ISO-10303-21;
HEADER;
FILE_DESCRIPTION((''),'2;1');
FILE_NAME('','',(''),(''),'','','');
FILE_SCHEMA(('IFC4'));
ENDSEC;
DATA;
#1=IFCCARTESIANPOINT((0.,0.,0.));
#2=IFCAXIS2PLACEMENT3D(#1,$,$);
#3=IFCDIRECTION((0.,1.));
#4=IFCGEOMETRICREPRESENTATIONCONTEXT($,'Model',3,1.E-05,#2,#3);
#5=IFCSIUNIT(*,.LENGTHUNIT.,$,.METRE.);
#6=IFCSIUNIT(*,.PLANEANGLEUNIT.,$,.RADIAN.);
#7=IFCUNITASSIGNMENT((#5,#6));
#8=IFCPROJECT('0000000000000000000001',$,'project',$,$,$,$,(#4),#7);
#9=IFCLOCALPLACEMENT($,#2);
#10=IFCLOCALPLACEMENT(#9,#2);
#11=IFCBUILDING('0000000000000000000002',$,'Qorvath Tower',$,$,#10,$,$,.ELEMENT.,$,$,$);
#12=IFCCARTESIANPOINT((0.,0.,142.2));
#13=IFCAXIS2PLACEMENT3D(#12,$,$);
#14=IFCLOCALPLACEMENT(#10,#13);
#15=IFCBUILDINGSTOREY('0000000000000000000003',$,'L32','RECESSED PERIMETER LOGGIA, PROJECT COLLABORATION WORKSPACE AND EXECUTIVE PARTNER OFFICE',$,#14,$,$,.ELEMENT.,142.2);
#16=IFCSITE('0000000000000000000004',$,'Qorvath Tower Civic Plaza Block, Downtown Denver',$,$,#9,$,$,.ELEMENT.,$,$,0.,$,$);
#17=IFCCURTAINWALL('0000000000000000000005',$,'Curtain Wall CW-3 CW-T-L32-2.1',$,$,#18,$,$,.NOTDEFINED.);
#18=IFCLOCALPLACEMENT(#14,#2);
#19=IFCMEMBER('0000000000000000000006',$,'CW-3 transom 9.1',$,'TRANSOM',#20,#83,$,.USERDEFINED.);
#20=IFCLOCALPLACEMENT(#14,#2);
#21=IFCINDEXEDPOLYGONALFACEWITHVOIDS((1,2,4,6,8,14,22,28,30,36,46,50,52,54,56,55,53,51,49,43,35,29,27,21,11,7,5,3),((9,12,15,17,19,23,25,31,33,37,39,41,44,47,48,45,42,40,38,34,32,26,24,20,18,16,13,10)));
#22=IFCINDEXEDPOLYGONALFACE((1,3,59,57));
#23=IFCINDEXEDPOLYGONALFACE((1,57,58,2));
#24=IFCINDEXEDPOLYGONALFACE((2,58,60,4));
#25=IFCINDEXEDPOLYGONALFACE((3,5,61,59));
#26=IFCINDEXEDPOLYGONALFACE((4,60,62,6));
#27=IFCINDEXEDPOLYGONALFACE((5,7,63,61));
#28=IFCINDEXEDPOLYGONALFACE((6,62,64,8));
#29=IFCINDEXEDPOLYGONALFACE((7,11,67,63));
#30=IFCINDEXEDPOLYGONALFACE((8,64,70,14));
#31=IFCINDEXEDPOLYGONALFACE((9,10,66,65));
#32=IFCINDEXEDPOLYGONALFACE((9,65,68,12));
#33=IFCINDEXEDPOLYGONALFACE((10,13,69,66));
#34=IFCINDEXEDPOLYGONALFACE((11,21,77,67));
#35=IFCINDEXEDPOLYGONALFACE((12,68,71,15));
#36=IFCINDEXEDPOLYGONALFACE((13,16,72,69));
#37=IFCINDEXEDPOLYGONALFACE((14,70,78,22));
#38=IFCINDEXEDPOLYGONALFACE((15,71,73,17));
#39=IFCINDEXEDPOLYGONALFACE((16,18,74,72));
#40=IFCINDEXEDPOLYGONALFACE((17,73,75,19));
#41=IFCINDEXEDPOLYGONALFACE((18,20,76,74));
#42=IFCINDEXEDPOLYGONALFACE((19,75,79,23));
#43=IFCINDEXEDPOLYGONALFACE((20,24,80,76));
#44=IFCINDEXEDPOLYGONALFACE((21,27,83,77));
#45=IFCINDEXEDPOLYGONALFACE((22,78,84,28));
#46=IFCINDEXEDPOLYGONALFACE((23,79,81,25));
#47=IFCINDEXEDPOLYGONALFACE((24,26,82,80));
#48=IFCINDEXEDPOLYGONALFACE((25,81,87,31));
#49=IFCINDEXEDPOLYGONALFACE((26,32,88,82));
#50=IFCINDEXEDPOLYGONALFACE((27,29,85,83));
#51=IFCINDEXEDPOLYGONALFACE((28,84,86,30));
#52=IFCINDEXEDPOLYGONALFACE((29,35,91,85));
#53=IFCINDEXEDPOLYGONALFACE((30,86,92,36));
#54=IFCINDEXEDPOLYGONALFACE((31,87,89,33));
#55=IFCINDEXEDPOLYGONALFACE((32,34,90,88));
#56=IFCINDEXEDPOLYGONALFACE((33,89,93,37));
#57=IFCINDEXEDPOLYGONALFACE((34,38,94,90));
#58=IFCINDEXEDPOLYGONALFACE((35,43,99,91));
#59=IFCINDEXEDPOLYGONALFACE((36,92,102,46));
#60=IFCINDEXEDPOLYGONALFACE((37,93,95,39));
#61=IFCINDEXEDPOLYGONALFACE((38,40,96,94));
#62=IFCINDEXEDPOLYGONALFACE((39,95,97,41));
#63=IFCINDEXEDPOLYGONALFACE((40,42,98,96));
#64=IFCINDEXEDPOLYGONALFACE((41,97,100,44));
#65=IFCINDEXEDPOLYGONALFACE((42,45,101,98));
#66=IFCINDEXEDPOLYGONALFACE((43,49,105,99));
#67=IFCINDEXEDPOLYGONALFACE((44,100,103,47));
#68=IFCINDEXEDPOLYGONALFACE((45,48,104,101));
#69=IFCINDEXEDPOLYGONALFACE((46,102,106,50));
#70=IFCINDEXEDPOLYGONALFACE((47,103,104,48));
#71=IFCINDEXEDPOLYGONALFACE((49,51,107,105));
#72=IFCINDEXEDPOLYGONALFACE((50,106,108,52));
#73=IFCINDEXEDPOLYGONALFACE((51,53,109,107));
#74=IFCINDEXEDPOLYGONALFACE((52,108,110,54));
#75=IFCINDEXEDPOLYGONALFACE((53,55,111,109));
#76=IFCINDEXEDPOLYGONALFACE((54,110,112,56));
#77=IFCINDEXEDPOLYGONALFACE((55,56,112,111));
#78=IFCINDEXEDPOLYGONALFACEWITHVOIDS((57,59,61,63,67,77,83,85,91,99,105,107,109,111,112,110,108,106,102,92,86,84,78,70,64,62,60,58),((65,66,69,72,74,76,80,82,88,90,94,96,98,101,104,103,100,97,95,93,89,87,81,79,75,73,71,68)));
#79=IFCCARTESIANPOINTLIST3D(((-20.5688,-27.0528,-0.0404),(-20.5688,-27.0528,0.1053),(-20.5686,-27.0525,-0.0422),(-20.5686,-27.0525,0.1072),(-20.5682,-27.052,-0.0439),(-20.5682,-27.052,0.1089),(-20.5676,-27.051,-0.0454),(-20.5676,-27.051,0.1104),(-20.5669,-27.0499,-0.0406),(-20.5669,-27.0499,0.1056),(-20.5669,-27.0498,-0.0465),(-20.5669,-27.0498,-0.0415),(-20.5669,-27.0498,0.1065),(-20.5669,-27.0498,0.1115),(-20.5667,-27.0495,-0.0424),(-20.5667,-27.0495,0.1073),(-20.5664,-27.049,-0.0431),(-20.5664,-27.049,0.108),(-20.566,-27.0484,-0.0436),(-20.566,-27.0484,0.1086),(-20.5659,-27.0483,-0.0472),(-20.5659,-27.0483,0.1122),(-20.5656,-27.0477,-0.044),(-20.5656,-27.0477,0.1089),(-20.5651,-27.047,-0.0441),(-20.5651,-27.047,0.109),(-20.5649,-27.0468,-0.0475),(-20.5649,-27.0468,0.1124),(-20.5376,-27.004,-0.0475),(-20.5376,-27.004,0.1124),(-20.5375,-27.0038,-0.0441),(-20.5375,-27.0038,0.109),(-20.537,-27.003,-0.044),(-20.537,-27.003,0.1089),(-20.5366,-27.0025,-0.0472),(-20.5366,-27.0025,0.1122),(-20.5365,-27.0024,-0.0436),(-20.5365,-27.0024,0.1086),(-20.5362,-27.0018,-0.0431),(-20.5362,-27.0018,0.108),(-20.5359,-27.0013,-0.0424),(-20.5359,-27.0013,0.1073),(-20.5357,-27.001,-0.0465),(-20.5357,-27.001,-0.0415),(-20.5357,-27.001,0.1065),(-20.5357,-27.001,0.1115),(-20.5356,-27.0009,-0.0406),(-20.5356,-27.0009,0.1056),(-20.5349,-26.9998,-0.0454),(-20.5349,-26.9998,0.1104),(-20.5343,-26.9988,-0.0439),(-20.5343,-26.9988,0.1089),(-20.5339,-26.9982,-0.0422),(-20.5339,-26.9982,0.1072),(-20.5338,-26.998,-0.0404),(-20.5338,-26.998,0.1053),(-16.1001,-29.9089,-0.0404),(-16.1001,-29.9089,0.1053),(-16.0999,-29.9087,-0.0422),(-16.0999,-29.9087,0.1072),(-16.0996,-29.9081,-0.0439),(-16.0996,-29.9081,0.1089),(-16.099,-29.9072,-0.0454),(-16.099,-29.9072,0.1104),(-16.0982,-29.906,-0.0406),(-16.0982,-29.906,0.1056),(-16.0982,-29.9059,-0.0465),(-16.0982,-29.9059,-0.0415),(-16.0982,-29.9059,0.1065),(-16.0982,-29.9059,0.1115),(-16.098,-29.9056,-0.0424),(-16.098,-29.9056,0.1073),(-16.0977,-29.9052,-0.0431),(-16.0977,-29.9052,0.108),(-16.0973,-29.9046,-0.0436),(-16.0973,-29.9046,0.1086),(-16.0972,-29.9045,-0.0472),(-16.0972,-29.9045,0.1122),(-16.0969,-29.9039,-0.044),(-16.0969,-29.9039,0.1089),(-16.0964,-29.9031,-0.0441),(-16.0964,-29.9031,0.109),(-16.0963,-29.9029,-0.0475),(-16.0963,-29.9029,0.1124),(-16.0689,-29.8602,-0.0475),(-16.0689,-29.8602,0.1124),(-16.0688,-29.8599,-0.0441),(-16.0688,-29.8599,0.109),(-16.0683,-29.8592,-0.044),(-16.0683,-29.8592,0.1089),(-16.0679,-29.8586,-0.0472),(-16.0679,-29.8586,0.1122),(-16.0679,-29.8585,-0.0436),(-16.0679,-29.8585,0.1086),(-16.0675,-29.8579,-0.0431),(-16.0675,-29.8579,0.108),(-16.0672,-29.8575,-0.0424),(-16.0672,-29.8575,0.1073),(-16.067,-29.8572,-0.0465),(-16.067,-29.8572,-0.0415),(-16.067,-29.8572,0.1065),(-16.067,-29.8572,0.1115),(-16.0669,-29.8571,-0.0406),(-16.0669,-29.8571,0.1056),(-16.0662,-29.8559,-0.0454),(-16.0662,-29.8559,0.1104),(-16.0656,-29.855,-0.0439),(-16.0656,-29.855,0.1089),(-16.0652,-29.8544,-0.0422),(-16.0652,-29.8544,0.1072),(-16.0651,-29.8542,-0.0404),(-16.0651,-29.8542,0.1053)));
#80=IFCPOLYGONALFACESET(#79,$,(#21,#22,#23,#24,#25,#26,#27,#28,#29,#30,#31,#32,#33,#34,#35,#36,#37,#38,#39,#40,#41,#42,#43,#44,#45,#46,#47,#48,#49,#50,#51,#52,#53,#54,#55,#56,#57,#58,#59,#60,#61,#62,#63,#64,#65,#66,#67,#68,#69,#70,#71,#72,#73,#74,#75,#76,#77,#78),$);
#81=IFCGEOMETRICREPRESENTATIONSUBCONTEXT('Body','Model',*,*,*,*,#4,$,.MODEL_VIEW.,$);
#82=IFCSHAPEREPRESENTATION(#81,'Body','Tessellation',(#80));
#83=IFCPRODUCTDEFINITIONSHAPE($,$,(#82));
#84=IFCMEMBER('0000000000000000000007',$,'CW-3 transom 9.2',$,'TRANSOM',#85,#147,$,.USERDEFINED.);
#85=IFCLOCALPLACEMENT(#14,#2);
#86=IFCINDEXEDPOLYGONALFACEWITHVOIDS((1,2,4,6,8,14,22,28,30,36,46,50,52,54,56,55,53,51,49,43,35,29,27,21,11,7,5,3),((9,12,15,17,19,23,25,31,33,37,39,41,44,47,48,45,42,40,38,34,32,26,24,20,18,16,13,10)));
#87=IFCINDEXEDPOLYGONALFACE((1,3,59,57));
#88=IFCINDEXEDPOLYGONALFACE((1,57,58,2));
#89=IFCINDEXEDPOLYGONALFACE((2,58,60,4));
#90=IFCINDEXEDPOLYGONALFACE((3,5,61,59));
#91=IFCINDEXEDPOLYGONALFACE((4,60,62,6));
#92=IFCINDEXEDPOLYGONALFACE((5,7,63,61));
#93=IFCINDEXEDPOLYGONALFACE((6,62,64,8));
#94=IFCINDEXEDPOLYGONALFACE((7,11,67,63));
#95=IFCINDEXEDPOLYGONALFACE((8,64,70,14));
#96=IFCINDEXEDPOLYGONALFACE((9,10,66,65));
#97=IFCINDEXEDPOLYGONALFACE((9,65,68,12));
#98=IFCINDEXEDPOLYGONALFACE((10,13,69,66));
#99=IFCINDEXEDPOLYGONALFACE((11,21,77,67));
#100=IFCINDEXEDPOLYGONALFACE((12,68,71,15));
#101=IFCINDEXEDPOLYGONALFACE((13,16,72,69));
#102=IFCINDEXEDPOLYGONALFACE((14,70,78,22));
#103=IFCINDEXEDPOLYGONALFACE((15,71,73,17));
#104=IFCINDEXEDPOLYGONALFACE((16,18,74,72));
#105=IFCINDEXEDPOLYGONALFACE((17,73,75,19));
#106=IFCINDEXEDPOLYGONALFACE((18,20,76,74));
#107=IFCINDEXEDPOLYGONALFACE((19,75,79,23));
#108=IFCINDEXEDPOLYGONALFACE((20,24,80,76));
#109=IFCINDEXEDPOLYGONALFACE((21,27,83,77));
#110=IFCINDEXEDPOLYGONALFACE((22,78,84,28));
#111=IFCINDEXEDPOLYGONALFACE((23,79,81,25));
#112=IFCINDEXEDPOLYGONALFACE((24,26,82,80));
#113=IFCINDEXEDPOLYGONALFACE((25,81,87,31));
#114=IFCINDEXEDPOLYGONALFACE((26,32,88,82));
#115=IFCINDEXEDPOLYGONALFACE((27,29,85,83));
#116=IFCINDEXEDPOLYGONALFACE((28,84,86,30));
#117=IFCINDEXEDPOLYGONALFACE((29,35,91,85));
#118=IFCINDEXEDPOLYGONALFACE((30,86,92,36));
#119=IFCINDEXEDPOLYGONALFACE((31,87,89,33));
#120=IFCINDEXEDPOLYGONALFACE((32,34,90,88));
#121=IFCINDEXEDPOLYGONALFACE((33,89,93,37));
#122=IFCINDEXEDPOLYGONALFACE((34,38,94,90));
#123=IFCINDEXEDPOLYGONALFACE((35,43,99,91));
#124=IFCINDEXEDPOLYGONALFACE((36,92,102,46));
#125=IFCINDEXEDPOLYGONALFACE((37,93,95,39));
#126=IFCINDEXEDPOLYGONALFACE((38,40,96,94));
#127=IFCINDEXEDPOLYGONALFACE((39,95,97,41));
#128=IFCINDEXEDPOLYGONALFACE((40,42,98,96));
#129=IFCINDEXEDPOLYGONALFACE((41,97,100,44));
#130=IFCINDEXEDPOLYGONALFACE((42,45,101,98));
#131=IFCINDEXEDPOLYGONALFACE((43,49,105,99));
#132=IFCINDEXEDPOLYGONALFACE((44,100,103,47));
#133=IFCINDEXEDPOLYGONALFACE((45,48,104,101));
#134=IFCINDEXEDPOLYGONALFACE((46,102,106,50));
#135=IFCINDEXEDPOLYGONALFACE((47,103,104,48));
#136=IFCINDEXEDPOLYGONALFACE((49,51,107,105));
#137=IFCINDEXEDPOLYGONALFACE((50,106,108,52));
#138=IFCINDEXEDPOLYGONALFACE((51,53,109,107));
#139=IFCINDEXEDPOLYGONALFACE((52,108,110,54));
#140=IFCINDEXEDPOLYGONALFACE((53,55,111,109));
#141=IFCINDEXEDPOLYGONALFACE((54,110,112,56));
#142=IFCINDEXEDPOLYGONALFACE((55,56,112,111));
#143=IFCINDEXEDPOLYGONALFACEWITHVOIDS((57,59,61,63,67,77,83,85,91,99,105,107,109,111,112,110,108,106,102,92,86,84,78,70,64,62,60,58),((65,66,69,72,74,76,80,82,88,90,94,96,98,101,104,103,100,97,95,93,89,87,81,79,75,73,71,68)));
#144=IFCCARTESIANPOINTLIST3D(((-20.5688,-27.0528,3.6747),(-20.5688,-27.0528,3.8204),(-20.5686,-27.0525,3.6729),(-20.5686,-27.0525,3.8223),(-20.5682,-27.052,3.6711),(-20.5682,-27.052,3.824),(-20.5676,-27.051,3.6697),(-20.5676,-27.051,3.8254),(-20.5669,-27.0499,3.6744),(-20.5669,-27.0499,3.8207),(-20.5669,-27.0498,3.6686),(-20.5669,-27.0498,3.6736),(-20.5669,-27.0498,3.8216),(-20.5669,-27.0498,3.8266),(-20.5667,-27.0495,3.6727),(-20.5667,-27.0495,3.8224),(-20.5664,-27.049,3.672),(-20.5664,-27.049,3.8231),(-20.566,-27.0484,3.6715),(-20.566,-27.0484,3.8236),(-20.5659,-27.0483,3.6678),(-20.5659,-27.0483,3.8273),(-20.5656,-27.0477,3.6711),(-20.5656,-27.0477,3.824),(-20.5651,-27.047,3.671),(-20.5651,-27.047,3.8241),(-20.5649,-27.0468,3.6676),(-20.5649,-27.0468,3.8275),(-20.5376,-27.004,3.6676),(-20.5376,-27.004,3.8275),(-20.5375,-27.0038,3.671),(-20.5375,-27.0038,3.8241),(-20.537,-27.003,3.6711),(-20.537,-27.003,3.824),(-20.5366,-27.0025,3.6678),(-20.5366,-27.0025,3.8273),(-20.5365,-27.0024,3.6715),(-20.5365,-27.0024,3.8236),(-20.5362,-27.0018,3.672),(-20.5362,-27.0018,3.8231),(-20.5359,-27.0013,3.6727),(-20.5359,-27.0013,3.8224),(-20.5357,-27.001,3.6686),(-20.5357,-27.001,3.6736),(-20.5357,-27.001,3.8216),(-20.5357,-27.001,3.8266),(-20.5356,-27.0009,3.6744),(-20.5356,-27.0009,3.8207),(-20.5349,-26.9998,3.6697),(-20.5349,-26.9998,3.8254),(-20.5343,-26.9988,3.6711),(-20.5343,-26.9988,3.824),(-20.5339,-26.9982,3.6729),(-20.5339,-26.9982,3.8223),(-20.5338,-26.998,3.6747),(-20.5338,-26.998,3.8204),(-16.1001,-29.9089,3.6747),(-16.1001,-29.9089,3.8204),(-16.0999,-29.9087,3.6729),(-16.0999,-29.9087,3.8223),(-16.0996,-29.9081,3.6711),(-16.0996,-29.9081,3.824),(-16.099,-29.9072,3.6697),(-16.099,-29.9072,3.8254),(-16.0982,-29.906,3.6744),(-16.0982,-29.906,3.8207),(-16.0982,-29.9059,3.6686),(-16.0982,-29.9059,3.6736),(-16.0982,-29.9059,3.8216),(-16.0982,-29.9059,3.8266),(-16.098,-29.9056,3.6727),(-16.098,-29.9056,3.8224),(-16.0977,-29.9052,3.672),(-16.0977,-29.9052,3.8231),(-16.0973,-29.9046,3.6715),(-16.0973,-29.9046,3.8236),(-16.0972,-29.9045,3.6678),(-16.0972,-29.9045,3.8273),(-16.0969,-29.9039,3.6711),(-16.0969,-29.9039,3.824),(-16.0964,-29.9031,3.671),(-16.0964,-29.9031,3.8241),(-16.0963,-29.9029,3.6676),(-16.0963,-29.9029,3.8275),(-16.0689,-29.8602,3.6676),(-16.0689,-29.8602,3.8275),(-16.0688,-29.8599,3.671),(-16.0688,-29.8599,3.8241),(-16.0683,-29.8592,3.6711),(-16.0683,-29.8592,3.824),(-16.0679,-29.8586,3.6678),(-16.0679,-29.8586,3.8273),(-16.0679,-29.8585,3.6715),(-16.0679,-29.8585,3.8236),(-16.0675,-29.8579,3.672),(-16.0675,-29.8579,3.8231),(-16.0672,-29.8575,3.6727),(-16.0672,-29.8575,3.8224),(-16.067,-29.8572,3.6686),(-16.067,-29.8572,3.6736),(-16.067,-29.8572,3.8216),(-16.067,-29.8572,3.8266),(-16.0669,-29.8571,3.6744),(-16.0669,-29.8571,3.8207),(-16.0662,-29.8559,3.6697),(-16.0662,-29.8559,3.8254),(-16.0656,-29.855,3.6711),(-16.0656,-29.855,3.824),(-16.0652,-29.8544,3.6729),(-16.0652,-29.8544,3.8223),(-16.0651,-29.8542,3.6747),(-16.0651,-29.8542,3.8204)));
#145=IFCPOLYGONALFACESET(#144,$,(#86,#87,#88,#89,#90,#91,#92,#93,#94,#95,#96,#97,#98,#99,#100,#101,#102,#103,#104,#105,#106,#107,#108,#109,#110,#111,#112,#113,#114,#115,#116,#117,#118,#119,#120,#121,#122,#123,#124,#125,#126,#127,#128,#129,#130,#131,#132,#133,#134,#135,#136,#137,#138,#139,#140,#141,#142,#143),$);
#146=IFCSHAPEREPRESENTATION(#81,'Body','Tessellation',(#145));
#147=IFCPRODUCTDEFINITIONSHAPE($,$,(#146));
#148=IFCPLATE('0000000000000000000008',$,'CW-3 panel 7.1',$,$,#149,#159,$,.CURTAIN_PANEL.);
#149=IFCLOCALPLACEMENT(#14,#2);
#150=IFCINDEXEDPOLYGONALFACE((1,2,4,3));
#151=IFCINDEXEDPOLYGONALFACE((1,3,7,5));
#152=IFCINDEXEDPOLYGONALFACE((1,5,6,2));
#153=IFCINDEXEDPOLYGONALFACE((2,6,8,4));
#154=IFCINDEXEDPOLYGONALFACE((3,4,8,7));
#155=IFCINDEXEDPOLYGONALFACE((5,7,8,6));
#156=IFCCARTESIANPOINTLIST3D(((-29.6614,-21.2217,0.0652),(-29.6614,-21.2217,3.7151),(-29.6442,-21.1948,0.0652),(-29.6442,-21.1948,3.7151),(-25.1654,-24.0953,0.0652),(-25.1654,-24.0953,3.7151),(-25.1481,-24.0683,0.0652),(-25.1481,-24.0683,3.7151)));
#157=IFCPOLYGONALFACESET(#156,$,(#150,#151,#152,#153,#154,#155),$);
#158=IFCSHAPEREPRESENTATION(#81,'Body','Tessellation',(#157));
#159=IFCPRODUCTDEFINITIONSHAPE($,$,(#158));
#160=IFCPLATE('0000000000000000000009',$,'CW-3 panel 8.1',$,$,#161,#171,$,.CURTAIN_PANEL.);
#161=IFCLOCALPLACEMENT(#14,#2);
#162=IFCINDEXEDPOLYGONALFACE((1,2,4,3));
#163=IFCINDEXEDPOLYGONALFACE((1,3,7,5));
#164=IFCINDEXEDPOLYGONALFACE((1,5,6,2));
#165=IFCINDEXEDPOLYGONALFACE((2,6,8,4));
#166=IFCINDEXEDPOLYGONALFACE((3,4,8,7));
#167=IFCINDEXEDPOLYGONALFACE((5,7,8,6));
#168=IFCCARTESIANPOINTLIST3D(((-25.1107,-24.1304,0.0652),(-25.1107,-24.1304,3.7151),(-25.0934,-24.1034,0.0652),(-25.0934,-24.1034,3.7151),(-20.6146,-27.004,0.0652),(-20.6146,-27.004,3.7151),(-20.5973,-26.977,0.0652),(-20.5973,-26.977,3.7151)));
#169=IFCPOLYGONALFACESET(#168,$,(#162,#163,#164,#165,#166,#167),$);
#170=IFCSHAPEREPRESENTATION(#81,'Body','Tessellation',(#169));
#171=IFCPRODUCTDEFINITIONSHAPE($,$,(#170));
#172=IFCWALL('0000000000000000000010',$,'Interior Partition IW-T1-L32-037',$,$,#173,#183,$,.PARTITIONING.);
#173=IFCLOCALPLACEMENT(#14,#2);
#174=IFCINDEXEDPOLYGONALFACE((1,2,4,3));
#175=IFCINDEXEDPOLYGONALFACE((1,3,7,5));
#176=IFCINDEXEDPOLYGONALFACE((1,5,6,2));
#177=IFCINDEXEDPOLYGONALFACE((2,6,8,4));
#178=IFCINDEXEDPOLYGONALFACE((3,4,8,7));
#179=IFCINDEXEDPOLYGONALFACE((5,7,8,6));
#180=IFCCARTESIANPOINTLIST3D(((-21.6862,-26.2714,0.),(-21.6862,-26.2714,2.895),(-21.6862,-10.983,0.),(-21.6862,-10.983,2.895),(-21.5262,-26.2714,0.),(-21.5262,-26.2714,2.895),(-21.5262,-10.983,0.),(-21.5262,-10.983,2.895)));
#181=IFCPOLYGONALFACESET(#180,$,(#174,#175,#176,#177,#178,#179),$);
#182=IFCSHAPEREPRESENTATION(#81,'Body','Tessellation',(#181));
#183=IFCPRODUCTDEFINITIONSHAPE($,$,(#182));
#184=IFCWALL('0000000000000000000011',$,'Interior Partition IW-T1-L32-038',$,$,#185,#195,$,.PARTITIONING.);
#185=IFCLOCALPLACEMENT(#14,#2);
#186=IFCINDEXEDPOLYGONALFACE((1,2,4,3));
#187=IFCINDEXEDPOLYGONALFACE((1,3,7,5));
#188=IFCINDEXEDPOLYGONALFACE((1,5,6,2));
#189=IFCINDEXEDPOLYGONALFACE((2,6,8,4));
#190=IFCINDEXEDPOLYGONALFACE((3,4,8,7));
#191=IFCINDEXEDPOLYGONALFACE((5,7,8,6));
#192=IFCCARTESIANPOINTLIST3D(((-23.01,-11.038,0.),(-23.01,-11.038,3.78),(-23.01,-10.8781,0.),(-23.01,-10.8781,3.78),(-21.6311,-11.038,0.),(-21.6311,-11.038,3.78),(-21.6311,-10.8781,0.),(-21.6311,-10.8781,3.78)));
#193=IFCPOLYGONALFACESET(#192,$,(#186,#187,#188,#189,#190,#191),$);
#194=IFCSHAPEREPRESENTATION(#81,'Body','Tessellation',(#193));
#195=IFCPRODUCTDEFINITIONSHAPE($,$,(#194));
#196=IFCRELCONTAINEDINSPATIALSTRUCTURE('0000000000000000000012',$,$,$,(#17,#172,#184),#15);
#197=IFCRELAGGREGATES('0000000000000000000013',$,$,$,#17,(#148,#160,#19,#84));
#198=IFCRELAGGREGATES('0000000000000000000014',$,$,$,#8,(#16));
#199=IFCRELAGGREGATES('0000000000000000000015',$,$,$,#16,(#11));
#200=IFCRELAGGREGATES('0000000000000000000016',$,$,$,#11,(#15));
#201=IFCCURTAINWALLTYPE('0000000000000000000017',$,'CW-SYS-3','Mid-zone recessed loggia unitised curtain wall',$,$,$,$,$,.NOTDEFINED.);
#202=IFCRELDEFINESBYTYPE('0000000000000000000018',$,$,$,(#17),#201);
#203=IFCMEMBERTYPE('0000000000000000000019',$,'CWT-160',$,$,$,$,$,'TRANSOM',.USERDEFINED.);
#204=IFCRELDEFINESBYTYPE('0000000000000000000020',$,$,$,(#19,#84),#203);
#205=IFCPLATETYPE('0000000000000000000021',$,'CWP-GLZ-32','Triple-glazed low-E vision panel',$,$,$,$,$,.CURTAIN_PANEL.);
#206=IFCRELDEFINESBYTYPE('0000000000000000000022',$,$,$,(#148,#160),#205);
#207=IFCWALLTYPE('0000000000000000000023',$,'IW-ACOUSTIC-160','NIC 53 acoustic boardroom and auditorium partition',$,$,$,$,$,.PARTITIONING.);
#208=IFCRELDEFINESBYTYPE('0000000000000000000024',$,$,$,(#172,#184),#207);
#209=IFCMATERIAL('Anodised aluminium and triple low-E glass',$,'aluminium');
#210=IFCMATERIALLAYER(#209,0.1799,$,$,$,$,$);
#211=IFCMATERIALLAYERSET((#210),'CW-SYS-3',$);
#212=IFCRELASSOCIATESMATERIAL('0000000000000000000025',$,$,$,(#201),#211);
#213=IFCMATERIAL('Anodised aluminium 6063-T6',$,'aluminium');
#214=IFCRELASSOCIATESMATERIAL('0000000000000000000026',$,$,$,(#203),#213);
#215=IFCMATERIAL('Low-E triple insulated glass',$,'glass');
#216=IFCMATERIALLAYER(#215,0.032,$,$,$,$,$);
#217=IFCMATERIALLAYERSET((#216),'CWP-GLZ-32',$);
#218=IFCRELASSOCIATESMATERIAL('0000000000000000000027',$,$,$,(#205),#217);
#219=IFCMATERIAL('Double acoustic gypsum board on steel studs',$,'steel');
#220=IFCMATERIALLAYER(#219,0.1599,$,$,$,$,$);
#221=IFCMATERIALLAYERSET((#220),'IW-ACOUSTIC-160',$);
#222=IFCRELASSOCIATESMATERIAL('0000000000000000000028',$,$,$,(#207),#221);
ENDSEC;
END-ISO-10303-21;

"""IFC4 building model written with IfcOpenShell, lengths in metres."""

from ifc_helpers import new_model, si_unit, direction, frame, frame_2d, origin, origin_2d, place, context, subcontext, project, spatial, rectangle, hollow_rectangle, extrude, material, layer, layer_set, material_profile, profile_set, type_object, element, aggregate, save


model = new_model("IFC4")

# Units and contexts
model_context = context("Model", 3, precision=1e-05, world=origin(), true_north=direction((0.0, 1.0)))
body_context = subcontext(model_context, "Body", "Model", "MODEL_VIEW")
ifc_project = project(units=[si_unit("LENGTHUNIT", "METRE"), si_unit("PLANEANGLEUNIT", "RADIAN")], contexts=[model_context])

# Site, building, storey
site_placement = place(None, origin())
site = spatial("IfcSite", under=ifc_project, at=site_placement, Name="Qorvath Tower Civic Plaza Block, Downtown Denver", CompositionType="ELEMENT", RefElevation=0.0)
building_placement = place(site_placement, origin())
building = spatial("IfcBuilding", under=site, at=building_placement, Name="Qorvath Tower", CompositionType="ELEMENT")
storey_placement = place(building_placement, frame((0.0, 0.0, 142.2)))
storey = spatial("IfcBuildingStorey", under=building, at=storey_placement, Name="L32", Description="RECESSED PERIMETER LOGGIA, PROJECT COLLABORATION WORKSPACE AND EXECUTIVE PARTNER OFFICE", CompositionType="ELEMENT", Elevation=142.2)

# Curtain wall, members, plates
ifc_material_1 = material(Name="Anodised aluminium and triple low-E glass", Category="aluminium")
ifc_layer_1 = layer(ifc_material_1, 0.1799)
ifc_layer_set_1 = layer_set([ifc_layer_1], Name="CW-SYS-3")
curtain_wall_type = type_object("IfcCurtainWallType", Name="CW-SYS-3", Description="Mid-zone recessed loggia unitised curtain wall", PredefinedType="NOTDEFINED", material=ifc_layer_set_1)
curtain_wall_placement = place(storey_placement, origin())
curtain_wall = element("IfcCurtainWall", 1, at=curtain_wall_placement, inside=storey, type_object=curtain_wall_type, Name="Curtain Wall CW-3 CW-T-L32-2.1", PredefinedType="NOTDEFINED")
ifc_material_2 = material(Name="Anodised aluminium 6063-T6", Category="aluminium")
ifc_material_profile_1 = material_profile(ifc_material_2, hollow_rectangle(XDim=0.0649, YDim=0.1599, WallThickness=0.0034, InnerFilletRadius=0.0034, OuterFilletRadius=0.0071, at=origin_2d()), Name="CWT 160x65")
ifc_profile_set_1 = profile_set([ifc_material_profile_1], Name="Anodised aluminium 6063-T6")
member_type_1 = type_object("IfcMemberType", Name="CWT-160", ElementType="TRANSOM", PredefinedType="USERDEFINED", material=ifc_profile_set_1)
member_1_placement = place(storey_placement, frame((-20.5513, -27.0254, 0.0325), z_axis=(0.842596, -0.538545, 0.0), x_axis=(0.538545, 0.842596, 0.0)))
member_1 = element("IfcMember", 2, at=member_1_placement, type_object=member_type_1, Name="CW-3 transom 9.1", ObjectType="TRANSOM", PredefinedType="USERDEFINED", context=body_context, shape_type="SweptSolid", body=[
    extrude(hollow_rectangle(XDim=0.0649, YDim=0.1599, WallThickness=0.0034, InnerFilletRadius=0.0034, OuterFilletRadius=0.0071, at=origin_2d()), origin(), (0.0, 0.0, 1.0), 5.3035),
])
member_2_placement = place(storey_placement, frame((-20.5513, -27.0254, 3.7476), z_axis=(0.842596, -0.538545, 0.0), x_axis=(0.538545, 0.842596, 0.0)))
member_2 = element("IfcMember", 3, at=member_2_placement, type_object=member_type_1, Name="CW-3 transom 9.2", ObjectType="TRANSOM", PredefinedType="USERDEFINED", context=body_context, shape_type="SweptSolid", body=[
    extrude(hollow_rectangle(XDim=0.0649, YDim=0.1599, WallThickness=0.0034, InnerFilletRadius=0.0034, OuterFilletRadius=0.0071, at=origin_2d()), origin(), (0.0, 0.0, 1.0), 5.3035),
])
ifc_material_3 = material(Name="Low-E triple insulated glass", Category="glass")
ifc_layer_2 = layer(ifc_material_3, 0.032)
ifc_layer_set_2 = layer_set([ifc_layer_2], Name="CWP-GLZ-32")
plate_type = type_object("IfcPlateType", Name="CWP-GLZ-32", Description="Triple-glazed low-E vision panel", PredefinedType="CURTAIN_PANEL", material=ifc_layer_set_2)
plate_1_placement = place(storey_placement, frame((-27.4048, -22.645, 0.0652), z_axis=(0.0, 0.0, 1.0), x_axis=(0.842604, -0.538533, 0.0)))
plate_1 = element("IfcPlate", 4, at=plate_1_placement, type_object=plate_type, Name="CW-3 panel 7.1", PredefinedType="CURTAIN_PANEL", context=body_context, shape_type="SweptSolid", body=[
    extrude(rectangle(XDim=5.3359, YDim=0.032, at=origin_2d()), origin(), (0.0, 0.0, 1.0), 3.6499),
])
plate_2_placement = place(storey_placement, frame((-22.854, -25.5537, 0.0652), z_axis=(0.0, 0.0, 1.0), x_axis=(0.842604, -0.538533, 0.0)))
plate_2 = element("IfcPlate", 5, at=plate_2_placement, type_object=plate_type, Name="CW-3 panel 8.1", PredefinedType="CURTAIN_PANEL", context=body_context, shape_type="SweptSolid", body=[
    extrude(rectangle(XDim=5.3359, YDim=0.032, at=origin_2d()), origin(), (0.0, 0.0, 1.0), 3.6499),
])
aggregate(curtain_wall, [plate_1, plate_2, member_1, member_2])

# Shared definitions
ifc_material_4 = material(Name="Double acoustic gypsum board on steel studs", Category="steel")
ifc_layer_3 = layer(ifc_material_4, 0.1599)
ifc_layer_set_3 = layer_set([ifc_layer_3], Name="IW-ACOUSTIC-160")
wall_type_1 = type_object("IfcWallType", Name="IW-ACOUSTIC-160", Description="NIC 53 acoustic boardroom and auditorium partition", PredefinedType="PARTITIONING", material=ifc_layer_set_3)

# Walls
wall_1_placement = place(storey_placement, frame((-21.6062, -26.2712, 0.0), z_axis=(0.0, 0.0, 1.0), x_axis=(0.0, 1.0, 0.0)))
element("IfcWall", 6, at=wall_1_placement, inside=storey, type_object=wall_type_1, Name="Interior Partition IW-T1-L32-037", PredefinedType="PARTITIONING", context=body_context, shape_type="SweptSolid", body=[
    extrude(rectangle(XDim=15.2883, YDim=0.1599, at=frame_2d((7.644, 0.0))), origin(), (0.0, 0.0, 1.0), 2.895),
])
wall_2_placement = place(storey_placement, frame((-21.6311, -10.958, 0.0), z_axis=(0.0, 0.0, 1.0), x_axis=(-1.0, 0.0, 0.0)))
element("IfcWall", 7, at=wall_2_placement, inside=storey, type_object=wall_type_1, Name="Interior Partition IW-T1-L32-038", PredefinedType="PARTITIONING", context=body_context, shape_type="SweptSolid", body=[
    extrude(rectangle(XDim=1.3789, YDim=0.1599, at=frame_2d((0.6895, 0.0))), origin(), (0.0, 0.0, 1.0), 3.78),
])

save(model, "model.ifc")
